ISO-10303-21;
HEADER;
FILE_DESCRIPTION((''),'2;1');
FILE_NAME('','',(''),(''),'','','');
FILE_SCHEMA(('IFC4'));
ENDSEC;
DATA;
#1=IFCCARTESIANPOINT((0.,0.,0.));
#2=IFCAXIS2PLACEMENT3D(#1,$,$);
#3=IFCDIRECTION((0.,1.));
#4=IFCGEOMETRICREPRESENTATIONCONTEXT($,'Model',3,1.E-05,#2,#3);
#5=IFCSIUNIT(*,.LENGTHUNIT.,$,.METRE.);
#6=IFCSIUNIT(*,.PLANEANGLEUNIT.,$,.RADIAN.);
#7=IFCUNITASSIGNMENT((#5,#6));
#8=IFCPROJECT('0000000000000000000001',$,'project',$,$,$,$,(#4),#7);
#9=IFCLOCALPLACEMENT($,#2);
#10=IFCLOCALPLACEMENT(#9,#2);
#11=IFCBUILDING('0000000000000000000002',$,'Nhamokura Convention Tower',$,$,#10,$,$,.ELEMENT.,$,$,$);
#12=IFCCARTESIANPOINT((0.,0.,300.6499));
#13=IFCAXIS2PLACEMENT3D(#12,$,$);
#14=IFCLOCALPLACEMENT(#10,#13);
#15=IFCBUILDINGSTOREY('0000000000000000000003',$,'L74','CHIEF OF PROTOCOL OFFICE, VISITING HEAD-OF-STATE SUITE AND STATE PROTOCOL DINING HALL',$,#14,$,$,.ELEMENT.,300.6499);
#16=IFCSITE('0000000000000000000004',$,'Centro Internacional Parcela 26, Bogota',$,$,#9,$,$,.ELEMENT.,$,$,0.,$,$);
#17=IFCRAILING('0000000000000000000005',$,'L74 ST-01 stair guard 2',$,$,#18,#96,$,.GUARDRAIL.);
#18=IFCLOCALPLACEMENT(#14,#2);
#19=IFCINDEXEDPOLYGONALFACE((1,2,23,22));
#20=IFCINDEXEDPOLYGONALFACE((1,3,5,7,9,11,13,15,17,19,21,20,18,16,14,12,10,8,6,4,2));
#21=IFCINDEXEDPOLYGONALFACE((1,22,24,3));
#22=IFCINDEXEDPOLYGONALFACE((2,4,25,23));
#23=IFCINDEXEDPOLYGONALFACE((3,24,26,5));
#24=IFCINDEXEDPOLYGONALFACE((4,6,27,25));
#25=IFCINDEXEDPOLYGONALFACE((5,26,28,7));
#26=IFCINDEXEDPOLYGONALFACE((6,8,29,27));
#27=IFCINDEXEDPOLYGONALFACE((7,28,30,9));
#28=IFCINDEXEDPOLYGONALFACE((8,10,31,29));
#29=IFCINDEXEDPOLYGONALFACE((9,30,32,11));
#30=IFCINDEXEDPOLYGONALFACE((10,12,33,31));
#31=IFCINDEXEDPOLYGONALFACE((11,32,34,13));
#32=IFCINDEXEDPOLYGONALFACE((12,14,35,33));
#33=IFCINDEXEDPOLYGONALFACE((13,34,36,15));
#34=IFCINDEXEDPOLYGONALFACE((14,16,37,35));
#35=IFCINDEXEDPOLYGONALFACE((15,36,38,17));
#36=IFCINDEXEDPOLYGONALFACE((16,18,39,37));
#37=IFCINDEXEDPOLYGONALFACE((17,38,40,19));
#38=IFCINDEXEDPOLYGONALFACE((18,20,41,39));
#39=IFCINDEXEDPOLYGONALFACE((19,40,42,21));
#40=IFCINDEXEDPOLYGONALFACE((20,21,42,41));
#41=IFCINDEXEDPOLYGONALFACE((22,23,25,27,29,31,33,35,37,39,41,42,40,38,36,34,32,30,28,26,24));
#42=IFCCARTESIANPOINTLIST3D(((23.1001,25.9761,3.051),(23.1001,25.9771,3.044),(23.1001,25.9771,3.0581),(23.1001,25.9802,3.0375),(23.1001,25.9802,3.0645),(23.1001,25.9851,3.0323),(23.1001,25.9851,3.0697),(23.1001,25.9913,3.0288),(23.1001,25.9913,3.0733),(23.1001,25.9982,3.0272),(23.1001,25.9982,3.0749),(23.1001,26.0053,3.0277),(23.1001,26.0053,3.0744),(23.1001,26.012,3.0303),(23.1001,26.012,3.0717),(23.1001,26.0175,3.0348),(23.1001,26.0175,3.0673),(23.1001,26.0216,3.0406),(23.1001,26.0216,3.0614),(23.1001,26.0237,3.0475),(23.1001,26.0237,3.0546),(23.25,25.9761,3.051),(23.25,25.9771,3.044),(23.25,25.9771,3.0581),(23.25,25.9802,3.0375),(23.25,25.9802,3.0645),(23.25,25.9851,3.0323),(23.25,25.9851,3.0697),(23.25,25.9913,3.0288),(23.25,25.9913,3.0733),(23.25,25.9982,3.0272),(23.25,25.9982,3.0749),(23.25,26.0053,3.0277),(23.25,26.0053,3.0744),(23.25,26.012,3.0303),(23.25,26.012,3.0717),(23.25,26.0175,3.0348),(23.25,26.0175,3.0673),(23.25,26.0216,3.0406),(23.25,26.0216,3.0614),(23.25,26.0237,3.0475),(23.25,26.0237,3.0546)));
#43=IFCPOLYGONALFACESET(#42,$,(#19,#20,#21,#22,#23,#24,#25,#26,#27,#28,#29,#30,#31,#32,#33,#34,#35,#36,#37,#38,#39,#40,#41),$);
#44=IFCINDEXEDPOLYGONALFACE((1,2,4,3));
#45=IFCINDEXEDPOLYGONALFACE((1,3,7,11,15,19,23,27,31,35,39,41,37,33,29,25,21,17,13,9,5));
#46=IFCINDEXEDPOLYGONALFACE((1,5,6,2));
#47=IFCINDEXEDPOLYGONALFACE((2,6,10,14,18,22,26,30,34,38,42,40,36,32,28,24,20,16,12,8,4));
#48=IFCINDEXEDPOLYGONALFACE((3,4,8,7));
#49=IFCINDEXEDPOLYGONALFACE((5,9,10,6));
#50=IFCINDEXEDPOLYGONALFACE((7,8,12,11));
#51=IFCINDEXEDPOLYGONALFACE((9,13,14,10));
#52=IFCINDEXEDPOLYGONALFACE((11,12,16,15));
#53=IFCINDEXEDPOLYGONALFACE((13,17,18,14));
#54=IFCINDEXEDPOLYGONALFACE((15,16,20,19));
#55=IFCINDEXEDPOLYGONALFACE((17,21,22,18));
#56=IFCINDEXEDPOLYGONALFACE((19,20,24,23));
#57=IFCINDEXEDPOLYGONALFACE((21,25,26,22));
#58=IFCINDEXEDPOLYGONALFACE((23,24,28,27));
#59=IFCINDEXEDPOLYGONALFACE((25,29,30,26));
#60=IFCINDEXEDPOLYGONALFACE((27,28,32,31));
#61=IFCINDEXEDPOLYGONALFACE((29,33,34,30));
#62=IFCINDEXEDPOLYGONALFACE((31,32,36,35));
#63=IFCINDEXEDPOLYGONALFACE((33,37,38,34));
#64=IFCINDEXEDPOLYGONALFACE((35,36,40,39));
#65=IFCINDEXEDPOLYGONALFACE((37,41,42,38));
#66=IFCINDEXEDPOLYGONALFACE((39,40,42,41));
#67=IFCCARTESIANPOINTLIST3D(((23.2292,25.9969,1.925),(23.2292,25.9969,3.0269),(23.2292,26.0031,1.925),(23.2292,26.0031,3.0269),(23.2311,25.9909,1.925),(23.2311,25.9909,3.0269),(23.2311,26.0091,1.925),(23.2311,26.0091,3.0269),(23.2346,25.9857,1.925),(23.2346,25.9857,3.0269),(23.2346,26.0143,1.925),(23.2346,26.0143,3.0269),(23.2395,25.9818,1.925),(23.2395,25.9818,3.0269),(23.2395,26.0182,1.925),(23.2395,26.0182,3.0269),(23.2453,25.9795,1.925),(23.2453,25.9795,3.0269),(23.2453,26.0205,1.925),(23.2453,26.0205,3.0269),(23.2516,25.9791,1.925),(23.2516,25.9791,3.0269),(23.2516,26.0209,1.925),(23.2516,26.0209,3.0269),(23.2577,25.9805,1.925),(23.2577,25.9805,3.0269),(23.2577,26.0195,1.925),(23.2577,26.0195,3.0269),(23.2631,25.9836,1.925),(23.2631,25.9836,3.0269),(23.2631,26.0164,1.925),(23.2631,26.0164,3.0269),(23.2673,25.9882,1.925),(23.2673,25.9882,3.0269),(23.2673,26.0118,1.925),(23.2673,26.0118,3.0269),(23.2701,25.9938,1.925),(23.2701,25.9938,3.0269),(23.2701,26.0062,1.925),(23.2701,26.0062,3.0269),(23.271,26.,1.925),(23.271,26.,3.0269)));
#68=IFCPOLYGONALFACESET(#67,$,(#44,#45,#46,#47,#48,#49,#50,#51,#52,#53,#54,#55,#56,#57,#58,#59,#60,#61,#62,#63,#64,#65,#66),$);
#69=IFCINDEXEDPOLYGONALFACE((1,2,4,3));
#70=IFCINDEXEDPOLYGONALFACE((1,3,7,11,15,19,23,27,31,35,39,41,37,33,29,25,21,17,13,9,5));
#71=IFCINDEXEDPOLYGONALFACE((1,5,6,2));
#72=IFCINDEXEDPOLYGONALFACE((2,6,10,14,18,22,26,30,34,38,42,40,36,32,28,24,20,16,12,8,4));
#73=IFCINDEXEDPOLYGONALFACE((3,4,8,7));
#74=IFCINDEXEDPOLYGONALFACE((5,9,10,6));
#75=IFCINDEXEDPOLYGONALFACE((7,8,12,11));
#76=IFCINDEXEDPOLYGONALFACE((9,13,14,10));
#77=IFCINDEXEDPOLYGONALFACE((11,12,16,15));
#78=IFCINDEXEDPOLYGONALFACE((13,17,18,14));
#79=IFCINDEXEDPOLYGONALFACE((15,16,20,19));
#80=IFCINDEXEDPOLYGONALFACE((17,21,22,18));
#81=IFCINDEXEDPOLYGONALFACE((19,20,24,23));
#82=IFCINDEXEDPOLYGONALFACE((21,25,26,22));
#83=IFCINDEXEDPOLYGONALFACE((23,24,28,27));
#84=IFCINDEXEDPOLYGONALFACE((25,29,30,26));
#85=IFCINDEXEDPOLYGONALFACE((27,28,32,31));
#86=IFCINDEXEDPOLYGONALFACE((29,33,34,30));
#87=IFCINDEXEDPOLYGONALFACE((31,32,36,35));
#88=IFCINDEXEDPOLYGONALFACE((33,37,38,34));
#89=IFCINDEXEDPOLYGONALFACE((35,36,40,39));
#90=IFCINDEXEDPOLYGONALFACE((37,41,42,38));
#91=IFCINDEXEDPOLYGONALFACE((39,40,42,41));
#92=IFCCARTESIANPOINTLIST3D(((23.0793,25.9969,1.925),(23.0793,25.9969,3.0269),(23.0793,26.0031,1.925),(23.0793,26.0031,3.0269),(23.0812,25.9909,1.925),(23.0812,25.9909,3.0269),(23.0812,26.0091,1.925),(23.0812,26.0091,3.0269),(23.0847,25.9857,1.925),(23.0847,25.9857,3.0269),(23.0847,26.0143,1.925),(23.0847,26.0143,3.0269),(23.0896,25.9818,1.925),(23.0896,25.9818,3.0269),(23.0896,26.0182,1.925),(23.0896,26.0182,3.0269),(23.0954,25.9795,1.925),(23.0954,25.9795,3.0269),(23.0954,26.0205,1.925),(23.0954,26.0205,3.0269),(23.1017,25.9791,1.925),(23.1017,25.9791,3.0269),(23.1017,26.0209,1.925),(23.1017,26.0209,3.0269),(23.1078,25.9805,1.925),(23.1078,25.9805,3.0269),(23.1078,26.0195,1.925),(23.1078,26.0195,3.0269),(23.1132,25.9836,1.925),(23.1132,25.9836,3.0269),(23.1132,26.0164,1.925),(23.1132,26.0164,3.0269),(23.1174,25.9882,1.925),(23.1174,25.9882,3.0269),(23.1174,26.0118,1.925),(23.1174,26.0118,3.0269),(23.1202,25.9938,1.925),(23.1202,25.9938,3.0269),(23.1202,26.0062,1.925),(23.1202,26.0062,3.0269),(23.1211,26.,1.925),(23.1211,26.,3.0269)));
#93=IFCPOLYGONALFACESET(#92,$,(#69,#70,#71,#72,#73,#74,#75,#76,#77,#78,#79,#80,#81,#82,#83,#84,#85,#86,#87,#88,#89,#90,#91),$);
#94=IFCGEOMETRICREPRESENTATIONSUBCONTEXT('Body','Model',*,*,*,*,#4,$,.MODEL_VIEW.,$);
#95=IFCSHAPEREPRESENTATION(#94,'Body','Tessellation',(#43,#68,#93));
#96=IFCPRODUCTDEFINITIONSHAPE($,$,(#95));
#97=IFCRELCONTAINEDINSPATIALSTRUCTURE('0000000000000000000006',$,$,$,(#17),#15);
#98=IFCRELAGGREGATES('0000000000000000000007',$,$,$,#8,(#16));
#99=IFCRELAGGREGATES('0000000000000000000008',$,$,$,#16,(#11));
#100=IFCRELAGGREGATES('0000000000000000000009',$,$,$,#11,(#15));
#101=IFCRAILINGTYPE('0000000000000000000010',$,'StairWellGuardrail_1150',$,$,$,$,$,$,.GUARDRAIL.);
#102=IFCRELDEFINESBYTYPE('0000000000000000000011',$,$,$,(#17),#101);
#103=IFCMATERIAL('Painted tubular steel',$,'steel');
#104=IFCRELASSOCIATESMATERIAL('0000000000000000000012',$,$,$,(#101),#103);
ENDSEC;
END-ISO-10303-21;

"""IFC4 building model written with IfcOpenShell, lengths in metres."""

from ifc_helpers import new_model, si_unit, direction, frame, origin, origin_2d, place, context, subcontext, project, spatial, circle, extrude, material, type_object, element, save


model = new_model("IFC4")

# Units and contexts
model_context = context("Model", 3, precision=1e-05, world=origin(), true_north=direction((0.0, 1.0)))
body_context = subcontext(model_context, "Body", "Model", "MODEL_VIEW")
ifc_project = project(units=[si_unit("LENGTHUNIT", "METRE"), si_unit("PLANEANGLEUNIT", "RADIAN")], contexts=[model_context])

# Site, building, storey
site_placement = place(None, origin())
site = spatial("IfcSite", under=ifc_project, at=site_placement, Name="Centro Internacional Parcela 26, Bogota", CompositionType="ELEMENT", RefElevation=0.0)
building_placement = place(site_placement, origin())
building = spatial("IfcBuilding", under=site, at=building_placement, Name="Nhamokura Convention Tower", CompositionType="ELEMENT")
storey_placement = place(building_placement, frame((0.0, 0.0, 300.6499)))
storey = spatial("IfcBuildingStorey", under=building, at=storey_placement, Name="L74", Description="CHIEF OF PROTOCOL OFFICE, VISITING HEAD-OF-STATE SUITE AND STATE PROTOCOL DINING HALL", CompositionType="ELEMENT", Elevation=300.6499)

# Railing
ifc_material_1 = material(Name="Painted tubular steel", Category="steel")
railing_type_1 = type_object("IfcRailingType", Name="StairWellGuardrail_1150", PredefinedType="GUARDRAIL", material=ifc_material_1)
railing_1_placement = place(storey_placement, frame((23.25, 26.0, 1.925)))
element("IfcRailing", 1, at=railing_1_placement, inside=storey, type_object=railing_type_1, Name="L74 ST-01 stair guard 2", PredefinedType="GUARDRAIL", context=body_context, shape_type="SweptSolid", body=[
    extrude(circle(Radius=0.0239, at=origin_2d()), frame((0.0, 0.0, 1.126), z_axis=(-1.0, 0.0, 0.0), x_axis=(0.0, -1.0, 0.0)), (0.0, 0.0, 1.0), 0.1499),
    extrude(circle(Radius=0.021, at=origin_2d()), origin(), (0.0, 0.0, 1.0), 1.1018),
    extrude(circle(Radius=0.021, at=origin_2d()), frame((-0.1499, 0.0, 0.0)), (0.0, 0.0, 1.0), 1.1018),
])

save(model, "model.ifc")
